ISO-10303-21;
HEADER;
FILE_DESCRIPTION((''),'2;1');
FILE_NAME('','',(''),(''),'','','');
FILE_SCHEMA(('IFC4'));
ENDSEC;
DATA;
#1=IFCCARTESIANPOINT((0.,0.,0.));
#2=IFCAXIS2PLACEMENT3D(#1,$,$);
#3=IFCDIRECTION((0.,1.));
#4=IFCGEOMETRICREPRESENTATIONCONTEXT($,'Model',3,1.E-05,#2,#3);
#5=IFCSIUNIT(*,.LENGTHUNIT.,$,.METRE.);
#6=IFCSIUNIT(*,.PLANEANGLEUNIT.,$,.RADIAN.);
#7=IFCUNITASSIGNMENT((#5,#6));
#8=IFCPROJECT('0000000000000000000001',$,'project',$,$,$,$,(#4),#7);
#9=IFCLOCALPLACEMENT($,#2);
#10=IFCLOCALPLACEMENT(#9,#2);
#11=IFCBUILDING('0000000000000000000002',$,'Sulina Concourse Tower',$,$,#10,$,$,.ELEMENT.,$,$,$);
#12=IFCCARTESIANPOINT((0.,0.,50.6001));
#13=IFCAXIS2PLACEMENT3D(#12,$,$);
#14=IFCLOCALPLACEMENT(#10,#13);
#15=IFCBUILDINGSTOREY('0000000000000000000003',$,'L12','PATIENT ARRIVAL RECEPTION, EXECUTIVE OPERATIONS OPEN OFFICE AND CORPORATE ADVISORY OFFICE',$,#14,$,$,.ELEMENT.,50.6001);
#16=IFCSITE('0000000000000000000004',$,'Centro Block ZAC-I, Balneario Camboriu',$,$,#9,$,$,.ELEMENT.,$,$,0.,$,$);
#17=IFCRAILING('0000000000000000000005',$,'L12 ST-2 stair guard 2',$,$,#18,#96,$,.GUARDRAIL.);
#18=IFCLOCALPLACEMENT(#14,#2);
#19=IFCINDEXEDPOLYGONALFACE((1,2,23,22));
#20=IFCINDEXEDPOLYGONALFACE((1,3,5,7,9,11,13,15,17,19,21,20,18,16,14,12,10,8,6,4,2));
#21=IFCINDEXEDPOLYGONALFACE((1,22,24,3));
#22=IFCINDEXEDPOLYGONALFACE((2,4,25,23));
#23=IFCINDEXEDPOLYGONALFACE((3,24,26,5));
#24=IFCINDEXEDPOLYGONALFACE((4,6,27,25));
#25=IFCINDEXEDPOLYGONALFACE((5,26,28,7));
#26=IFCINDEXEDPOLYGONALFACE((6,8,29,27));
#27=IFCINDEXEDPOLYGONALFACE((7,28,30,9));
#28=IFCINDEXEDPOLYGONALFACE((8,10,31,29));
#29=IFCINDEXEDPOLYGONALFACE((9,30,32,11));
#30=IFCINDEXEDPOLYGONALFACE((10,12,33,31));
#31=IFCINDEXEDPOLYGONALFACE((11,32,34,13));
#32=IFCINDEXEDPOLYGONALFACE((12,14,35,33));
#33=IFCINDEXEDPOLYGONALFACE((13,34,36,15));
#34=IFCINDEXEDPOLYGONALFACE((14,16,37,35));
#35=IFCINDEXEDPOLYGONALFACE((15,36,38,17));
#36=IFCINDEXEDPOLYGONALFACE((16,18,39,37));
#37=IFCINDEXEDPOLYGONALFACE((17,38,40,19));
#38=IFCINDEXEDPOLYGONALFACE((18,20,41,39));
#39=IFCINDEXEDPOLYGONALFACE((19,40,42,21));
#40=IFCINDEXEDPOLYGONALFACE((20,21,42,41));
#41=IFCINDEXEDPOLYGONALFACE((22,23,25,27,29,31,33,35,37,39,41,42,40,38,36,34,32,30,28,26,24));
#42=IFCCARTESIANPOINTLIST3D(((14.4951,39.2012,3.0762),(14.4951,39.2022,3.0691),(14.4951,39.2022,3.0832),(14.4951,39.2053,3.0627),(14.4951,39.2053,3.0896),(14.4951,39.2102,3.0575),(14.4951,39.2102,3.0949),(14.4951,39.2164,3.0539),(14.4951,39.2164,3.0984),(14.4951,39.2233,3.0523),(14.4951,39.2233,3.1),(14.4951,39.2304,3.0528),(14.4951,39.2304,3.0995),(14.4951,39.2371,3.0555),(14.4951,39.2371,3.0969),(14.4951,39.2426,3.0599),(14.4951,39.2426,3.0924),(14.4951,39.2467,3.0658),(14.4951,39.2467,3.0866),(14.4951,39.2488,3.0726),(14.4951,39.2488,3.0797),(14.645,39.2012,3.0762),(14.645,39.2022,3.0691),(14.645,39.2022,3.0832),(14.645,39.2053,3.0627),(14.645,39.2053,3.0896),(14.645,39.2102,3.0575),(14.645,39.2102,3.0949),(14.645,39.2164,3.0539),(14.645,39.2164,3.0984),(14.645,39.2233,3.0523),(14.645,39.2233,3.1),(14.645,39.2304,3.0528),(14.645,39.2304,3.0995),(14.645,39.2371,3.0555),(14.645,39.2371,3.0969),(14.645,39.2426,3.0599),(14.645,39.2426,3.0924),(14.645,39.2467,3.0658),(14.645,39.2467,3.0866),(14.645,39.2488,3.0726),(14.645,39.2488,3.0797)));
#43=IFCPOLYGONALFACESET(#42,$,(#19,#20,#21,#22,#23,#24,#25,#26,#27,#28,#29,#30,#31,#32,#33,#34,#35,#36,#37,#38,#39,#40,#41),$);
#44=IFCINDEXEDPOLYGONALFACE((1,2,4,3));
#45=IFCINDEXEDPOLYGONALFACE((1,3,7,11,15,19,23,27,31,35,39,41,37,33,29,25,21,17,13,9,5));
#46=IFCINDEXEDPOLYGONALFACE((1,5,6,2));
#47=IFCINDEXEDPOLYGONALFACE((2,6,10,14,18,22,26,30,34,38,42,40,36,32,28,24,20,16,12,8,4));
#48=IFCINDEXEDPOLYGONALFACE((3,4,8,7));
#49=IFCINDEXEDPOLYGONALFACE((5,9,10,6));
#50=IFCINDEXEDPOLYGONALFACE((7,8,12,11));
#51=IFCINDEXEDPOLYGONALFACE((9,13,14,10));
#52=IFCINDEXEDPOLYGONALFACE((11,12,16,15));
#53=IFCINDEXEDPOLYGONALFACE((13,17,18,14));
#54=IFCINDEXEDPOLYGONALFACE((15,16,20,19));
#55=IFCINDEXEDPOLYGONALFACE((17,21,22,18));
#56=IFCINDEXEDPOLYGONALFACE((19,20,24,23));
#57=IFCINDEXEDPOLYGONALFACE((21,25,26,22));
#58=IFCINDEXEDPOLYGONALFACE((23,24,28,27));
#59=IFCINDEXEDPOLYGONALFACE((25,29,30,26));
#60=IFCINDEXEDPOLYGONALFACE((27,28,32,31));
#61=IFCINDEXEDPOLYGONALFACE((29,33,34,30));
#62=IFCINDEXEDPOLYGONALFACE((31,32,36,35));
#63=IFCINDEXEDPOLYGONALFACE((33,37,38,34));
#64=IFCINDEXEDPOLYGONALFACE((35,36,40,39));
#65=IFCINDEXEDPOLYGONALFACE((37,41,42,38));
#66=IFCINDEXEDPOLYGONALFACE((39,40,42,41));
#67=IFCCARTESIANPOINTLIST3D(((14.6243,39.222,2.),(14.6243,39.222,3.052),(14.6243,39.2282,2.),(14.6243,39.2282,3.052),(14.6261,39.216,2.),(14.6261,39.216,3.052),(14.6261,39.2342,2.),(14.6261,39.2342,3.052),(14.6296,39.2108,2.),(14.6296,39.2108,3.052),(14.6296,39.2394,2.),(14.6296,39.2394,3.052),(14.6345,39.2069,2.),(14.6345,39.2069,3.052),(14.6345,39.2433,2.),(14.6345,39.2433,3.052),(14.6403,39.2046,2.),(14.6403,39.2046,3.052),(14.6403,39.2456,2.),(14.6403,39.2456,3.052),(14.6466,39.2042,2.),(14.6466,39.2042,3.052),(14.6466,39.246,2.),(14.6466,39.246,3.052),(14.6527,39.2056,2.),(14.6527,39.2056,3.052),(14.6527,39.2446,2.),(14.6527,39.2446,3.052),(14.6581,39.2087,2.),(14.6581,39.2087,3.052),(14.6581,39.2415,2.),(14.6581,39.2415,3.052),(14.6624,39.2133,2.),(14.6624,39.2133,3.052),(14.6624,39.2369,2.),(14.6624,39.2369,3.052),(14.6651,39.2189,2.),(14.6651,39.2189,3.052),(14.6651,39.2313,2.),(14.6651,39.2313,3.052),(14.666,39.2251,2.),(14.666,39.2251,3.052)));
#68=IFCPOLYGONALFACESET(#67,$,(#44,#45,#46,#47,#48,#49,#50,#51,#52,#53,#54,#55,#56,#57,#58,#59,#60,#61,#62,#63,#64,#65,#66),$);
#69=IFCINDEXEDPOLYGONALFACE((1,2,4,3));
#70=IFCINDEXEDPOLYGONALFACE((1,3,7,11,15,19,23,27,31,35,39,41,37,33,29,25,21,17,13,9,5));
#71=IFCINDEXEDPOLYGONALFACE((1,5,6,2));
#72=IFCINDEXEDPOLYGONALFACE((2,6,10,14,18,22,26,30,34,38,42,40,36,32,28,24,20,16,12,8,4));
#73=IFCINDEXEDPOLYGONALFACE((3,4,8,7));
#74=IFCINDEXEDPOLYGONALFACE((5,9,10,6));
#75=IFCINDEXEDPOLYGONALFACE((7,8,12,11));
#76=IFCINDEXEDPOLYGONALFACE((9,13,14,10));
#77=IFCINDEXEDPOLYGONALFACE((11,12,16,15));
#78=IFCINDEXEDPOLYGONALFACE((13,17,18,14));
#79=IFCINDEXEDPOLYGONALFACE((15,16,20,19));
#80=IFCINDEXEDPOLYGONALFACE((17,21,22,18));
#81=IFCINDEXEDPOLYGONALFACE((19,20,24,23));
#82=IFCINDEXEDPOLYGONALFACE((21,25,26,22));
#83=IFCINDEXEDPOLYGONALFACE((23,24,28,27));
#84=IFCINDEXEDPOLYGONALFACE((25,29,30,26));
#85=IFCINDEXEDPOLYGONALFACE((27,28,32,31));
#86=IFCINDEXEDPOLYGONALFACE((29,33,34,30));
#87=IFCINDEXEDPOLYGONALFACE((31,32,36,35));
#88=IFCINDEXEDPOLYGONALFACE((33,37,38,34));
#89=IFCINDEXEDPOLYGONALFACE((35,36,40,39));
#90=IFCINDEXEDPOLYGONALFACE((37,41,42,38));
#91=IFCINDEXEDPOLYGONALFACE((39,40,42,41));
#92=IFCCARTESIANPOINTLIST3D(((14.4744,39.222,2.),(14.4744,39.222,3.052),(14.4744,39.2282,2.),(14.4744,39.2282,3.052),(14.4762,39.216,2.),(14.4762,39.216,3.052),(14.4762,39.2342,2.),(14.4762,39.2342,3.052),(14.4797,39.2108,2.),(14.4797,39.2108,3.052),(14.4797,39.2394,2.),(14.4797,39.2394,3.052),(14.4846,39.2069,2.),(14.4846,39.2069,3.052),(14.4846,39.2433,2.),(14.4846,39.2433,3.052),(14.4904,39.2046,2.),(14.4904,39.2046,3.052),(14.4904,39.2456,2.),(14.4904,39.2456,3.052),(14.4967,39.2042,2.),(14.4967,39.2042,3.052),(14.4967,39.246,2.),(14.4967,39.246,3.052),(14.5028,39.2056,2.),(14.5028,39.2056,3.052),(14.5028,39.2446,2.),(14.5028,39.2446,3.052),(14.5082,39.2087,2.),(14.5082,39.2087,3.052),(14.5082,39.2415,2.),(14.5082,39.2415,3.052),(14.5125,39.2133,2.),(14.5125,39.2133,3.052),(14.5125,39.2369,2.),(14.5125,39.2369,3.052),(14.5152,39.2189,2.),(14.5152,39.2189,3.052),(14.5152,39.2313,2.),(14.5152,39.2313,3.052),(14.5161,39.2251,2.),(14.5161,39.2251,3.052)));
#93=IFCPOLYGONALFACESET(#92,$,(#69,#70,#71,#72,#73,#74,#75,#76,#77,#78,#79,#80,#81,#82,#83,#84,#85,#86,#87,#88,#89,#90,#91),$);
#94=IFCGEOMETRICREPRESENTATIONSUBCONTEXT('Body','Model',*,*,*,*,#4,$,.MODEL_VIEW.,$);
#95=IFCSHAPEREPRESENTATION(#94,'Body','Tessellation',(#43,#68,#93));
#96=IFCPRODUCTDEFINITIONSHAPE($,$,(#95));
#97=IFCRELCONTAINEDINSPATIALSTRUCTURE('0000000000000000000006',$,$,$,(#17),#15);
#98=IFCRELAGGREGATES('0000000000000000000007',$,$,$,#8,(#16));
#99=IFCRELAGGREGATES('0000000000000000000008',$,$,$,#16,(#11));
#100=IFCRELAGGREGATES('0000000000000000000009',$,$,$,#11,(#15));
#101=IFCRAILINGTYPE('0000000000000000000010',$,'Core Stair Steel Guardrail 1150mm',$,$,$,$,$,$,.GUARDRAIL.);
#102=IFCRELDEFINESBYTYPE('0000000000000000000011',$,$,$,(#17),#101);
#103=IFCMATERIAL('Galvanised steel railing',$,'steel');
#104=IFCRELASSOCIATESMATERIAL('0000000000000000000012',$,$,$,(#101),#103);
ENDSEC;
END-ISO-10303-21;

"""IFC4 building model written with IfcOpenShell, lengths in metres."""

from ifc_helpers import new_model, si_unit, direction, frame, origin, origin_2d, place, context, subcontext, project, spatial, circle, extrude, material, type_object, element, save


model = new_model("IFC4")

# Units and contexts
model_context = context("Model", 3, precision=1e-05, world=origin(), true_north=direction((0.0, 1.0)))
body_context = subcontext(model_context, "Body", "Model", "MODEL_VIEW")
ifc_project = project(units=[si_unit("LENGTHUNIT", "METRE"), si_unit("PLANEANGLEUNIT", "RADIAN")], contexts=[model_context])

# Site, building, storey
site_placement = place(None, origin())
site = spatial("IfcSite", under=ifc_project, at=site_placement, Name="Centro Block ZAC-I, Balneario Camboriu", CompositionType="ELEMENT", RefElevation=0.0)
building_placement = place(site_placement, origin())
building = spatial("IfcBuilding", under=site, at=building_placement, Name="Sulina Concourse Tower", CompositionType="ELEMENT")
storey_placement = place(building_placement, frame((0.0, 0.0, 50.6001)))
storey = spatial("IfcBuildingStorey", under=building, at=storey_placement, Name="L12", Description="PATIENT ARRIVAL RECEPTION, EXECUTIVE OPERATIONS OPEN OFFICE AND CORPORATE ADVISORY OFFICE", CompositionType="ELEMENT", Elevation=50.6001)

# Railing
ifc_material_1 = material(Name="Galvanised steel railing", Category="steel")
railing_type_1 = type_object("IfcRailingType", Name="Core Stair Steel Guardrail 1150mm", PredefinedType="GUARDRAIL", material=ifc_material_1)
railing_1_placement = place(storey_placement, frame((14.645, 39.2251, 2.0)))
element("IfcRailing", 1, at=railing_1_placement, inside=storey, type_object=railing_type_1, Name="L12 ST-2 stair guard 2", PredefinedType="GUARDRAIL", context=body_context, shape_type="SweptSolid", body=[
    extrude(circle(Radius=0.0239, at=origin_2d()), frame((0.0, 0.0, 1.0762), z_axis=(-1.0, 0.0, 0.0), x_axis=(0.0, -1.0, 0.0)), (0.0, 0.0, 1.0), 0.1499),
    extrude(circle(Radius=0.021, at=origin_2d()), origin(), (0.0, 0.0, 1.0), 1.052),
    extrude(circle(Radius=0.021, at=origin_2d()), frame((-0.1499, 0.0, 0.0)), (0.0, 0.0, 1.0), 1.052),
])

save(model, "model.ifc")
